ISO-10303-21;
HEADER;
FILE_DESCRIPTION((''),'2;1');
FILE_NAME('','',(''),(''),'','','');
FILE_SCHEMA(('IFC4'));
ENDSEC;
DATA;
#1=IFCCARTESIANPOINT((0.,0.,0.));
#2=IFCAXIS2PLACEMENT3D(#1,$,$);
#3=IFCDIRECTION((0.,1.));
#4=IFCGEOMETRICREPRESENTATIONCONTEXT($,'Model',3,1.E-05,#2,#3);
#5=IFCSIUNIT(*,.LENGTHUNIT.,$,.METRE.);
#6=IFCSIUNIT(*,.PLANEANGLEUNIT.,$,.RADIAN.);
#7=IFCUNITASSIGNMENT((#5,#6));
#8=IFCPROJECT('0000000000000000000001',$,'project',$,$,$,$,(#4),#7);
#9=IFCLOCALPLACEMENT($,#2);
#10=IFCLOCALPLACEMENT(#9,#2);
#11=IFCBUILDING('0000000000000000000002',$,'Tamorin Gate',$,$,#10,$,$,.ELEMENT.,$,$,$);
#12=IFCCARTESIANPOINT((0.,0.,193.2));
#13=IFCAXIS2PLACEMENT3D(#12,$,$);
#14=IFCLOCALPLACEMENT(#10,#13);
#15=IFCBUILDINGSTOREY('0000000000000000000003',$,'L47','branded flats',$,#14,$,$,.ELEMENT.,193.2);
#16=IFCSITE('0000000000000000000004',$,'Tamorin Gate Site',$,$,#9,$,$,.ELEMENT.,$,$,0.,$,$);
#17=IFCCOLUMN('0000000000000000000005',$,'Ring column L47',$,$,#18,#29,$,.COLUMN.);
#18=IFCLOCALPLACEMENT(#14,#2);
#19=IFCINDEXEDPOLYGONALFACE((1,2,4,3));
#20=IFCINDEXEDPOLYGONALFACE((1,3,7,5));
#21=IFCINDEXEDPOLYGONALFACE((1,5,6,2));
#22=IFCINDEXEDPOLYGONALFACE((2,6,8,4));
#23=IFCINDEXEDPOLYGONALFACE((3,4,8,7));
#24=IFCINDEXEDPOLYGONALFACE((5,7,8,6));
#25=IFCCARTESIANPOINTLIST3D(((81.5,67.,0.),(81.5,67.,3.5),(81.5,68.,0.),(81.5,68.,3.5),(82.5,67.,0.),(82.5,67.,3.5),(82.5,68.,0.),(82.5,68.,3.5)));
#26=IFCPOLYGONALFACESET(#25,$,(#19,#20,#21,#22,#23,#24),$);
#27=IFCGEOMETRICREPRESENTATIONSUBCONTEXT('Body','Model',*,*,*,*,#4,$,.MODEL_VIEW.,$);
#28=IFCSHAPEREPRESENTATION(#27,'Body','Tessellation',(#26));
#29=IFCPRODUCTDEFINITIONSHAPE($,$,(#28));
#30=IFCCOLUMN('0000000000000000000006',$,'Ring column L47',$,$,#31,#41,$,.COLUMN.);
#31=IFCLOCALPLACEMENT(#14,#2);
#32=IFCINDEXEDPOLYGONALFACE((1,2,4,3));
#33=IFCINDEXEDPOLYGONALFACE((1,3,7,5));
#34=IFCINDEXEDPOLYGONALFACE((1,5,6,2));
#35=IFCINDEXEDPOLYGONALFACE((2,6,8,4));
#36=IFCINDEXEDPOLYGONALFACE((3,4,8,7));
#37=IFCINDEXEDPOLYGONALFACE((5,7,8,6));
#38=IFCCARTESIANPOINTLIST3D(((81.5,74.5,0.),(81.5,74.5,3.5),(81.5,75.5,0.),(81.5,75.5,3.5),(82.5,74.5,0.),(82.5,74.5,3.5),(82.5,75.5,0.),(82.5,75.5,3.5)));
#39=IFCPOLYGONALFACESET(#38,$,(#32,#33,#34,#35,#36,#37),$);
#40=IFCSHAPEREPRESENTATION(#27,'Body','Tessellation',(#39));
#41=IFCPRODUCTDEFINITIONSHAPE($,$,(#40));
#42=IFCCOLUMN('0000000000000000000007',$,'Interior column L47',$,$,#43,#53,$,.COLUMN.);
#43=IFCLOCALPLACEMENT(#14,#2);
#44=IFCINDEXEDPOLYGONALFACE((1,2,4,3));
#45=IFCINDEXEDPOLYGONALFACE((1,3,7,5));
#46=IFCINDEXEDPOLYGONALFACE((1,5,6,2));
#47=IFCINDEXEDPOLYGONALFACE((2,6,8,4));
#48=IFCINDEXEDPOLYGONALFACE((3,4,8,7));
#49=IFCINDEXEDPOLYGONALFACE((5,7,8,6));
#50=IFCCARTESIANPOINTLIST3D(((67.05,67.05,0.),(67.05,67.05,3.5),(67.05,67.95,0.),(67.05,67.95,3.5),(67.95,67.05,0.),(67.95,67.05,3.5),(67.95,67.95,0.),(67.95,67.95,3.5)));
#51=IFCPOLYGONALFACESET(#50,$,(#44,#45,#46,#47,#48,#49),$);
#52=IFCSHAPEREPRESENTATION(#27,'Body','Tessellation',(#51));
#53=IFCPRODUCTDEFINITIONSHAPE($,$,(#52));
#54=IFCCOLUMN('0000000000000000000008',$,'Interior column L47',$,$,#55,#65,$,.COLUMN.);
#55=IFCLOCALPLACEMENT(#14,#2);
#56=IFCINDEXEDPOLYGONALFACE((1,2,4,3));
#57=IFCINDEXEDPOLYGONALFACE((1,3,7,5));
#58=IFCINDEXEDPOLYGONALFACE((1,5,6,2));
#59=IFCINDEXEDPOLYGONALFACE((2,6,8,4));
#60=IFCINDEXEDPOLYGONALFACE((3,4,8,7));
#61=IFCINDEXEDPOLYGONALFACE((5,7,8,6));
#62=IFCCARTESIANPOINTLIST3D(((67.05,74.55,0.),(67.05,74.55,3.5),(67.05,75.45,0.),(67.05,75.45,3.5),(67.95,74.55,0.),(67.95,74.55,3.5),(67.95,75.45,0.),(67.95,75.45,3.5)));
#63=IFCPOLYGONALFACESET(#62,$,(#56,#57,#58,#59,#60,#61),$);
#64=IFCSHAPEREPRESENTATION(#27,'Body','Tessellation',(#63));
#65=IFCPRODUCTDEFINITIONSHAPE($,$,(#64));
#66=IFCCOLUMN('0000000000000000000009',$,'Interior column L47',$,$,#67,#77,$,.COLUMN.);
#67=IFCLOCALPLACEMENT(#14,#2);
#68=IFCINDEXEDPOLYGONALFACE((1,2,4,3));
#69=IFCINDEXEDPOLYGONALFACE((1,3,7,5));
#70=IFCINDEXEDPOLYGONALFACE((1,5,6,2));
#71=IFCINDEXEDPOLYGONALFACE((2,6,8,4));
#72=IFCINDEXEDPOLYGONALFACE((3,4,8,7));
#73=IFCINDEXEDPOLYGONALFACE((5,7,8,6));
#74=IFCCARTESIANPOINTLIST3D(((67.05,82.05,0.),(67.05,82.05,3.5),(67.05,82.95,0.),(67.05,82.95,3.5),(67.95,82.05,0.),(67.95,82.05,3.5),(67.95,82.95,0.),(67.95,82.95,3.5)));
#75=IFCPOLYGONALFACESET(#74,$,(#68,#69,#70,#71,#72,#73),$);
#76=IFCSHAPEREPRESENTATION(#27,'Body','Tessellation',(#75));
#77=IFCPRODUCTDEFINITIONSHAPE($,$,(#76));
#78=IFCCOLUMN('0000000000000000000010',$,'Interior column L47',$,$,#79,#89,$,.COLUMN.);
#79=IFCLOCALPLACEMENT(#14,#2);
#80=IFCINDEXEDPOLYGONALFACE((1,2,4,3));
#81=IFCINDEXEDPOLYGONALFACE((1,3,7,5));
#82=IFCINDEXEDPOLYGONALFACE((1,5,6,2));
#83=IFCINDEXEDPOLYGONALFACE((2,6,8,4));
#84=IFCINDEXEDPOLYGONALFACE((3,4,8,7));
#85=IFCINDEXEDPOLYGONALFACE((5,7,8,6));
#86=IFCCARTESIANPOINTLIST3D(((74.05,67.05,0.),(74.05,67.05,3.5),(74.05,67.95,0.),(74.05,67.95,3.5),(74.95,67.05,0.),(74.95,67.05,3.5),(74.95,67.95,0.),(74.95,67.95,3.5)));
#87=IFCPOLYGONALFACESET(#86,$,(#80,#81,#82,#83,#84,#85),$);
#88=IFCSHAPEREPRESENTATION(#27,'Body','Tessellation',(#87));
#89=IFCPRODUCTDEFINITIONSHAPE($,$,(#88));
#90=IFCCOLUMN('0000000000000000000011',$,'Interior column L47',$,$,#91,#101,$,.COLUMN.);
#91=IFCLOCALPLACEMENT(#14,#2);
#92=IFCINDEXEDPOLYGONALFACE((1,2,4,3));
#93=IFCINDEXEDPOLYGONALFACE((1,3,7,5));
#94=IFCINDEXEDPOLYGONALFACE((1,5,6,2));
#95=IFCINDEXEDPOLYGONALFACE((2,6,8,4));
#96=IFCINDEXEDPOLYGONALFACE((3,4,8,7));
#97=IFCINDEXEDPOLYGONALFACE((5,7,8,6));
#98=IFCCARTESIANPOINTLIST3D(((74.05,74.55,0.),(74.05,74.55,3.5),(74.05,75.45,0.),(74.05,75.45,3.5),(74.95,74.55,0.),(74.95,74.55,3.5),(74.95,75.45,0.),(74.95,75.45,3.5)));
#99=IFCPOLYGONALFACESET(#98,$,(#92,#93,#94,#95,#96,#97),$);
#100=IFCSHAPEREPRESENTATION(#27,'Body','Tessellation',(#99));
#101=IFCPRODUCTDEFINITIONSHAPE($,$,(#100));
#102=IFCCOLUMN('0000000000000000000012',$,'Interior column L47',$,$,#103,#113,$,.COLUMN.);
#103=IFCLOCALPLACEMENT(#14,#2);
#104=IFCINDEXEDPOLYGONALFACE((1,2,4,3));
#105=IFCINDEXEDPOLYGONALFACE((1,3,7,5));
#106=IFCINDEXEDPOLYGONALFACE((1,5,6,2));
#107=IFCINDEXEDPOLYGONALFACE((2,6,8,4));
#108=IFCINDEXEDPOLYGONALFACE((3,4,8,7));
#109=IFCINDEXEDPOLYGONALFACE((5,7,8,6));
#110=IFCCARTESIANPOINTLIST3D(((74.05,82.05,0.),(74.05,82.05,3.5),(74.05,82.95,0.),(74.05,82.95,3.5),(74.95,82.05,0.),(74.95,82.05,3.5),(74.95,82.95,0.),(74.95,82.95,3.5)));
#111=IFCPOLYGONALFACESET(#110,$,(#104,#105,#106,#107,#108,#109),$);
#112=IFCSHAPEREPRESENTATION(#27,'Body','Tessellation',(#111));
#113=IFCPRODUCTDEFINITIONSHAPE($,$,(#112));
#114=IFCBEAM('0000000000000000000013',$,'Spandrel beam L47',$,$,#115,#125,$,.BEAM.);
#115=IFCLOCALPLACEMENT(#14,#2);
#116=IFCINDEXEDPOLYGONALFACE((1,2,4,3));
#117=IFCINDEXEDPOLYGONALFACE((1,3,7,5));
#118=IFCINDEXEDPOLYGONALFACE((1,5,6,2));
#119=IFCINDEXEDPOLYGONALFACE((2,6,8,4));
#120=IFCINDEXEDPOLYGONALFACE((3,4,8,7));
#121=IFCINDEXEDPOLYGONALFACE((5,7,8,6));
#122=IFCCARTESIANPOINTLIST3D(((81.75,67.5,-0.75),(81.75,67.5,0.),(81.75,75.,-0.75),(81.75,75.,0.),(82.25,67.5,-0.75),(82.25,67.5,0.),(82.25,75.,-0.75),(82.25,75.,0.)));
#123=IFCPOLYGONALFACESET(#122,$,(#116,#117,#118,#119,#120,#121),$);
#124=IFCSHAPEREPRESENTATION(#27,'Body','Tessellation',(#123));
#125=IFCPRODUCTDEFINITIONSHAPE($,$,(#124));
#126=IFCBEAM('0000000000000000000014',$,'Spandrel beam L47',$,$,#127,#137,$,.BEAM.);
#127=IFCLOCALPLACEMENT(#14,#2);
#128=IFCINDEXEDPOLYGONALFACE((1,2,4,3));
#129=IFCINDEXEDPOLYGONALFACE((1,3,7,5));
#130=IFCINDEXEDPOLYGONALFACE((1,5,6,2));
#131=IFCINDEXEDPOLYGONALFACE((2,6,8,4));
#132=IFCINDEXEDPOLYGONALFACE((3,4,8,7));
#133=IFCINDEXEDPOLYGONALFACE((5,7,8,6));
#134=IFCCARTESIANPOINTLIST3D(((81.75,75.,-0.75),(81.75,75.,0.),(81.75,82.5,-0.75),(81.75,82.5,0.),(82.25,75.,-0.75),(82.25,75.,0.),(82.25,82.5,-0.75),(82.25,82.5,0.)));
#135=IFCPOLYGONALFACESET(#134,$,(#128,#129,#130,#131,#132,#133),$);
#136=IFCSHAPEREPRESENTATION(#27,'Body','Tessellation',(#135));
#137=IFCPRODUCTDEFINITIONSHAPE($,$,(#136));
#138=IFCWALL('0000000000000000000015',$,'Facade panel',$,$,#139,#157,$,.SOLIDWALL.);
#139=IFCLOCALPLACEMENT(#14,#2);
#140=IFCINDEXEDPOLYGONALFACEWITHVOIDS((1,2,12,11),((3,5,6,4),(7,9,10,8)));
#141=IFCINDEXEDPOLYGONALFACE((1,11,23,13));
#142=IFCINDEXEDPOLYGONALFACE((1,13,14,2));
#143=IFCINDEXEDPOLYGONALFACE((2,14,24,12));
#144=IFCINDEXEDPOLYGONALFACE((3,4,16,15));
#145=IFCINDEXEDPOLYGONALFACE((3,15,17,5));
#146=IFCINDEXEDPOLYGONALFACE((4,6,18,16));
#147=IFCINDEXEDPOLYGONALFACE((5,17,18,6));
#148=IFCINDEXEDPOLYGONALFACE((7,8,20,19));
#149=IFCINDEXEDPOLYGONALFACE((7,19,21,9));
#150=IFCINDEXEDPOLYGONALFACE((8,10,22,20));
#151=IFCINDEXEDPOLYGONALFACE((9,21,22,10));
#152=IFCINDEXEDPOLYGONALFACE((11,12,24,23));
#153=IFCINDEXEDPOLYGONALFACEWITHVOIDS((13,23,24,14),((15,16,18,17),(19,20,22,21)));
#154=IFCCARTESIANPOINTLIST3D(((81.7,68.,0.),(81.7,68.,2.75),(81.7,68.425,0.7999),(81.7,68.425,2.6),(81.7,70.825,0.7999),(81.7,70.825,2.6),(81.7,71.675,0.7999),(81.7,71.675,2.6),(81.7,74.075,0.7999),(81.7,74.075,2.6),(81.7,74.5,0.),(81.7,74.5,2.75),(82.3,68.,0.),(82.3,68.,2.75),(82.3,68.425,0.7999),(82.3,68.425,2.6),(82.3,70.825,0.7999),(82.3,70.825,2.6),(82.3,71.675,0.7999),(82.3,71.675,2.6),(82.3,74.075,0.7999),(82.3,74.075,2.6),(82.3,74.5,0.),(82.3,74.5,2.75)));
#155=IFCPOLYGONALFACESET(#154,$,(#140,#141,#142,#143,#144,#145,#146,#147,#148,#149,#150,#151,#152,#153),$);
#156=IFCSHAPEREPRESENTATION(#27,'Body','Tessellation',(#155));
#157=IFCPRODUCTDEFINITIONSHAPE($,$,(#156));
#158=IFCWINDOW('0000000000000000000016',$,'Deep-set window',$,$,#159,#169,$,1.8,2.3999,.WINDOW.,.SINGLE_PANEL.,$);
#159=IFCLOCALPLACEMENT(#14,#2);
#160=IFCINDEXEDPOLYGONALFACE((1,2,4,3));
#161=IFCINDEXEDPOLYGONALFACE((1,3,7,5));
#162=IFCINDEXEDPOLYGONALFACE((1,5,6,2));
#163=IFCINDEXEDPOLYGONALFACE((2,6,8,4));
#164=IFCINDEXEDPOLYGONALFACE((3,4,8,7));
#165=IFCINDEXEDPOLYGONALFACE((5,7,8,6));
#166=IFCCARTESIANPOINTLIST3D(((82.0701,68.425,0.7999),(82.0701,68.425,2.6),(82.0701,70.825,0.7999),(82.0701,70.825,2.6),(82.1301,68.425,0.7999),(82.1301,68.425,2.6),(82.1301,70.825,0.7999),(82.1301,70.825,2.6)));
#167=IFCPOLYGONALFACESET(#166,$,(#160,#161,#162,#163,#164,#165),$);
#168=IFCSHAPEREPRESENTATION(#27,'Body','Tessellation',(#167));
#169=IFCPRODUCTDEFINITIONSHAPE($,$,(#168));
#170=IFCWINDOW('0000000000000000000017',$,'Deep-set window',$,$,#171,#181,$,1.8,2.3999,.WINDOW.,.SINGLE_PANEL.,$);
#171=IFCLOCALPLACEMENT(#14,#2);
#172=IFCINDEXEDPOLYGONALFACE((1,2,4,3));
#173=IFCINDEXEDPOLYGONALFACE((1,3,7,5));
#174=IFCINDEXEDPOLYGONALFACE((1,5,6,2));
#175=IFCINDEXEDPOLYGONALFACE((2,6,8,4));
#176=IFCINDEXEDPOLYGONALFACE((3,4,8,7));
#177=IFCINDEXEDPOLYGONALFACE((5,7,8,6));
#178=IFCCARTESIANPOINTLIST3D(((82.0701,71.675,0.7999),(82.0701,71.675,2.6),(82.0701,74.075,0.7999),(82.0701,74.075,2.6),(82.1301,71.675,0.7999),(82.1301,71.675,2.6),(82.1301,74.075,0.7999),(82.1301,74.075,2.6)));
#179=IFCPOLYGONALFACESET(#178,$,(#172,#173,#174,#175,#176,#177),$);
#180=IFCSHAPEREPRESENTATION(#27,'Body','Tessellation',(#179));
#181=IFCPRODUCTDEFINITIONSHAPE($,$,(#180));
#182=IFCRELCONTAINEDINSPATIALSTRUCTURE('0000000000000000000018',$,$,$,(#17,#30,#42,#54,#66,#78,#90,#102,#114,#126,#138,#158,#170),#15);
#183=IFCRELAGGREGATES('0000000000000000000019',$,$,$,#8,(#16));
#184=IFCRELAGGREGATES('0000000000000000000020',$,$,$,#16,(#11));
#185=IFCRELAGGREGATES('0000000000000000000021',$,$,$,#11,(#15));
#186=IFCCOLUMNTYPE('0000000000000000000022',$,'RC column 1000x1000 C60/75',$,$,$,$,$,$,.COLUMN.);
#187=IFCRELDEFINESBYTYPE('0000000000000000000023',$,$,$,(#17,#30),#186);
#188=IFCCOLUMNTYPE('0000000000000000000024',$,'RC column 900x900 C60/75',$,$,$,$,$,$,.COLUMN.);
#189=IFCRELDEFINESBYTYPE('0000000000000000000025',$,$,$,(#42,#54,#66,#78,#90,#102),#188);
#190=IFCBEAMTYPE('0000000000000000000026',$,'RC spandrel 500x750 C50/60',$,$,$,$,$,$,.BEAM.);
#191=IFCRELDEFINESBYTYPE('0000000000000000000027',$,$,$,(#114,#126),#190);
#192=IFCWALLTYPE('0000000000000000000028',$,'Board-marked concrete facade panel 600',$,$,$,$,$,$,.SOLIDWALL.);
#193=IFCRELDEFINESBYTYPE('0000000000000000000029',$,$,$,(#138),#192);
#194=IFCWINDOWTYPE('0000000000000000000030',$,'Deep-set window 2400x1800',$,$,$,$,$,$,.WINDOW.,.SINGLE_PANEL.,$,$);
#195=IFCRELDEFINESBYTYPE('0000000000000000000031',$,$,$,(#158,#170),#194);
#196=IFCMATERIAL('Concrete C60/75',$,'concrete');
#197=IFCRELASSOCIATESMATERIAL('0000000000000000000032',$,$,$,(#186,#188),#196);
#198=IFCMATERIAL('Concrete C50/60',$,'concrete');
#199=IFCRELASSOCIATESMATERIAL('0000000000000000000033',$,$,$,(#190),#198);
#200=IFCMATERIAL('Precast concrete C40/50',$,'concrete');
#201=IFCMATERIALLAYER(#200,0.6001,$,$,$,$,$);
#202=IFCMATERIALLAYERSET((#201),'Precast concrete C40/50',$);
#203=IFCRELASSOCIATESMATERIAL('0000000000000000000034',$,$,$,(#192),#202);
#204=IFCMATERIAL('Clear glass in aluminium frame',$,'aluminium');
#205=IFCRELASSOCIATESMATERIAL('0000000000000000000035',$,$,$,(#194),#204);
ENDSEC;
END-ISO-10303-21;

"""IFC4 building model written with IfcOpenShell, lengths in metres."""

from ifc_helpers import new_model, si_unit, direction, frame, frame_2d, origin, origin_2d, place, context, subcontext, project, spatial, rectangle, extrude, material, layer, layer_set, material_profile, profile_set, type_object, element, fill, save


model = new_model("IFC4")

# Units and contexts
model_context = context("Model", 3, precision=1e-05, world=origin(), true_north=direction((0.0, 1.0)))
body_context = subcontext(model_context, "Body", "Model", "MODEL_VIEW")
ifc_project = project(units=[si_unit("LENGTHUNIT", "METRE"), si_unit("PLANEANGLEUNIT", "RADIAN")], contexts=[model_context])

# Site, building, storey
site_placement = place(None, origin())
site = spatial("IfcSite", under=ifc_project, at=site_placement, Name="Tamorin Gate Site", CompositionType="ELEMENT", RefElevation=0.0)
building_placement = place(site_placement, origin())
building = spatial("IfcBuilding", under=site, at=building_placement, Name="Tamorin Gate", CompositionType="ELEMENT")
storey_placement = place(building_placement, frame((0.0, 0.0, 193.2)))
storey = spatial("IfcBuildingStorey", under=building, at=storey_placement, Name="L47", Description="branded flats", CompositionType="ELEMENT", Elevation=193.2)

# Columns
ifc_material_1 = material(Name="Concrete C60/75", Category="concrete")
ifc_material_profile_1 = material_profile(ifc_material_1, rectangle(XDim=1.0, YDim=1.0, at=origin_2d()), Name="RC 1000x1000")
ifc_profile_set_1 = profile_set([ifc_material_profile_1], Name="Concrete C60/75")
column_type_1 = type_object("IfcColumnType", Name="RC column 1000x1000 C60/75", PredefinedType="COLUMN", material=ifc_profile_set_1)
for number, where, z_axis, x_axis, name in (
    (1, (82.0, 67.5, 0.0), (0.0, 0.0, 1.0), (1.0, 0.0, 0.0), "Ring column L47"),
    (2, (82.0, 75.0, 0.0), (0.0, 0.0, 1.0), (1.0, 0.0, 0.0), "Ring column L47"),
):
    element("IfcColumn", number, at=place(storey_placement, frame(where, z_axis=z_axis, x_axis=x_axis)), inside=storey, type_object=column_type_1, Name=name, PredefinedType="COLUMN", context=body_context, shape_type="SweptSolid", body=[
        extrude(rectangle(XDim=1.0, YDim=1.0, at=origin_2d()), origin(), (0.0, 0.0, 1.0), 3.5),
    ])
ifc_material_profile_2 = material_profile(ifc_material_1, rectangle(XDim=0.8999, YDim=0.8999, at=origin_2d()), Name="RC 900x900")
ifc_profile_set_2 = profile_set([ifc_material_profile_2], Name="Concrete C60/75")
column_type_2 = type_object("IfcColumnType", Name="RC column 900x900 C60/75", PredefinedType="COLUMN", material=ifc_profile_set_2)
for number, where, z_axis, x_axis, name in (
    (3, (67.5, 67.5, 0.0), (0.0, 0.0, 1.0), (1.0, 0.0, 0.0), "Interior column L47"),
    (4, (67.5, 75.0, 0.0), (0.0, 0.0, 1.0), (1.0, 0.0, 0.0), "Interior column L47"),
    (5, (67.5, 82.5, 0.0), (0.0, 0.0, 1.0), (1.0, 0.0, 0.0), "Interior column L47"),
    (6, (74.5, 67.5, 0.0), (0.0, 0.0, 1.0), (1.0, 0.0, 0.0), "Interior column L47"),
    (7, (74.5, 75.0, 0.0), (0.0, 0.0, 1.0), (1.0, 0.0, 0.0), "Interior column L47"),
    (8, (74.5, 82.5, 0.0), (0.0, 0.0, 1.0), (1.0, 0.0, 0.0), "Interior column L47"),
):
    element("IfcColumn", number, at=place(storey_placement, frame(where, z_axis=z_axis, x_axis=x_axis)), inside=storey, type_object=column_type_2, Name=name, PredefinedType="COLUMN", context=body_context, shape_type="SweptSolid", body=[
        extrude(rectangle(XDim=0.8999, YDim=0.8999, at=origin_2d()), origin(), (0.0, 0.0, 1.0), 3.5),
    ])

# Beams
ifc_material_2 = material(Name="Concrete C50/60", Category="concrete")
ifc_material_profile_3 = material_profile(ifc_material_2, rectangle(XDim=0.5, YDim=0.75, at=origin_2d()), Name="RC 500x750")
ifc_profile_set_3 = profile_set([ifc_material_profile_3], Name="Concrete C50/60")
beam_type = type_object("IfcBeamType", Name="RC spandrel 500x750 C50/60", PredefinedType="BEAM", material=ifc_profile_set_3)
for number, where, z_axis, x_axis, name in (
    (9, (82.0, 67.5, -0.375), (0.0, 1.0, 0.0), (-1.0, 0.0, 0.0), "Spandrel beam L47"),
    (10, (82.0, 75.0, -0.375), (0.0, 1.0, 0.0), (-1.0, 0.0, 0.0), "Spandrel beam L47"),
):
    element("IfcBeam", number, at=place(storey_placement, frame(where, z_axis=z_axis, x_axis=x_axis)), inside=storey, type_object=beam_type, Name=name, PredefinedType="BEAM", context=body_context, shape_type="SweptSolid", body=[
        extrude(rectangle(XDim=0.5, YDim=0.75, at=origin_2d()), origin(), (0.0, 0.0, 1.0), 7.5),
    ])

# Wall, openings, windows
ifc_material_3 = material(Name="Precast concrete C40/50", Category="concrete")
ifc_layer_1 = layer(ifc_material_3, 0.6001)
ifc_layer_set_1 = layer_set([ifc_layer_1], Name="Precast concrete C40/50")
wall_type_1 = type_object("IfcWallType", Name="Board-marked concrete facade panel 600", PredefinedType="SOLIDWALL", material=ifc_layer_set_1)
wall_1_placement = place(storey_placement, frame((82.0, 68.0, 0.0), z_axis=(0.0, 0.0, 1.0), x_axis=(0.0, 1.0, 0.0)))
wall_1 = element("IfcWall", 11, at=wall_1_placement, inside=storey, type_object=wall_type_1, Name="Facade panel", PredefinedType="SOLIDWALL", context=body_context, shape_type="SweptSolid", body=[
    extrude(rectangle(XDim=6.5, YDim=0.6001, at=frame_2d((3.25, 0.0))), origin(), (0.0, 0.0, 1.0), 2.75),
])
opening_1_placement = place(wall_1_placement, frame((0.425, 0.0, 0.8)))
opening_1 = element("IfcOpeningElement", 12, at=opening_1_placement, cuts=wall_1, PredefinedType="OPENING", context=body_context, shape_type="SweptSolid", body=[
    extrude(rectangle(XDim=2.3999, YDim=1.8, at=frame_2d((1.2, 0.8999))), frame((0.0, 0.3101, 0.0), z_axis=(0.0, -1.0, 0.0), x_axis=(1.0, 0.0, 0.0)), (0.0, 0.0, 1.0), 0.6201),
])
opening_2_placement = place(wall_1_placement, frame((3.675, 0.0, 0.8)))
opening_2 = element("IfcOpeningElement", 13, at=opening_2_placement, cuts=wall_1, PredefinedType="OPENING", context=body_context, shape_type="SweptSolid", body=[
    extrude(rectangle(XDim=2.3999, YDim=1.8, at=frame_2d((1.2, 0.8999))), frame((0.0, 0.3101, 0.0), z_axis=(0.0, -1.0, 0.0), x_axis=(1.0, 0.0, 0.0)), (0.0, 0.0, 1.0), 0.6201),
])
ifc_material_4 = material(Name="Clear glass in aluminium frame", Category="aluminium")
window_type = type_object("IfcWindowType", Name="Deep-set window 2400x1800", PartitioningType="SINGLE_PANEL", PredefinedType="WINDOW", material=ifc_material_4)
window_1_placement = place(opening_1_placement, origin())
window_1 = element("IfcWindow", 14, at=window_1_placement, inside=storey, type_object=window_type, Name="Deep-set window", OverallHeight=1.8, OverallWidth=2.3999, PartitioningType="SINGLE_PANEL", PredefinedType="WINDOW", context=body_context, shape_type="SweptSolid", body=[
    extrude(rectangle(XDim=2.3999, YDim=1.8, at=frame_2d((1.2, 0.8999))), frame((0.0, -0.0701, 0.0), z_axis=(0.0, -1.0, 0.0), x_axis=(1.0, 0.0, 0.0)), (0.0, 0.0, 1.0), 0.0601),
])
fill(opening_1, window_1)
window_2_placement = place(opening_2_placement, origin())
window_2 = element("IfcWindow", 15, at=window_2_placement, inside=storey, type_object=window_type, Name="Deep-set window", OverallHeight=1.8, OverallWidth=2.3999, PartitioningType="SINGLE_PANEL", PredefinedType="WINDOW", context=body_context, shape_type="SweptSolid", body=[
    extrude(rectangle(XDim=2.3999, YDim=1.8, at=frame_2d((1.2, 0.8999))), frame((0.0, -0.0701, 0.0), z_axis=(0.0, -1.0, 0.0), x_axis=(1.0, 0.0, 0.0)), (0.0, 0.0, 1.0), 0.0601),
])
fill(opening_2, window_2)

save(model, "model.ifc")
